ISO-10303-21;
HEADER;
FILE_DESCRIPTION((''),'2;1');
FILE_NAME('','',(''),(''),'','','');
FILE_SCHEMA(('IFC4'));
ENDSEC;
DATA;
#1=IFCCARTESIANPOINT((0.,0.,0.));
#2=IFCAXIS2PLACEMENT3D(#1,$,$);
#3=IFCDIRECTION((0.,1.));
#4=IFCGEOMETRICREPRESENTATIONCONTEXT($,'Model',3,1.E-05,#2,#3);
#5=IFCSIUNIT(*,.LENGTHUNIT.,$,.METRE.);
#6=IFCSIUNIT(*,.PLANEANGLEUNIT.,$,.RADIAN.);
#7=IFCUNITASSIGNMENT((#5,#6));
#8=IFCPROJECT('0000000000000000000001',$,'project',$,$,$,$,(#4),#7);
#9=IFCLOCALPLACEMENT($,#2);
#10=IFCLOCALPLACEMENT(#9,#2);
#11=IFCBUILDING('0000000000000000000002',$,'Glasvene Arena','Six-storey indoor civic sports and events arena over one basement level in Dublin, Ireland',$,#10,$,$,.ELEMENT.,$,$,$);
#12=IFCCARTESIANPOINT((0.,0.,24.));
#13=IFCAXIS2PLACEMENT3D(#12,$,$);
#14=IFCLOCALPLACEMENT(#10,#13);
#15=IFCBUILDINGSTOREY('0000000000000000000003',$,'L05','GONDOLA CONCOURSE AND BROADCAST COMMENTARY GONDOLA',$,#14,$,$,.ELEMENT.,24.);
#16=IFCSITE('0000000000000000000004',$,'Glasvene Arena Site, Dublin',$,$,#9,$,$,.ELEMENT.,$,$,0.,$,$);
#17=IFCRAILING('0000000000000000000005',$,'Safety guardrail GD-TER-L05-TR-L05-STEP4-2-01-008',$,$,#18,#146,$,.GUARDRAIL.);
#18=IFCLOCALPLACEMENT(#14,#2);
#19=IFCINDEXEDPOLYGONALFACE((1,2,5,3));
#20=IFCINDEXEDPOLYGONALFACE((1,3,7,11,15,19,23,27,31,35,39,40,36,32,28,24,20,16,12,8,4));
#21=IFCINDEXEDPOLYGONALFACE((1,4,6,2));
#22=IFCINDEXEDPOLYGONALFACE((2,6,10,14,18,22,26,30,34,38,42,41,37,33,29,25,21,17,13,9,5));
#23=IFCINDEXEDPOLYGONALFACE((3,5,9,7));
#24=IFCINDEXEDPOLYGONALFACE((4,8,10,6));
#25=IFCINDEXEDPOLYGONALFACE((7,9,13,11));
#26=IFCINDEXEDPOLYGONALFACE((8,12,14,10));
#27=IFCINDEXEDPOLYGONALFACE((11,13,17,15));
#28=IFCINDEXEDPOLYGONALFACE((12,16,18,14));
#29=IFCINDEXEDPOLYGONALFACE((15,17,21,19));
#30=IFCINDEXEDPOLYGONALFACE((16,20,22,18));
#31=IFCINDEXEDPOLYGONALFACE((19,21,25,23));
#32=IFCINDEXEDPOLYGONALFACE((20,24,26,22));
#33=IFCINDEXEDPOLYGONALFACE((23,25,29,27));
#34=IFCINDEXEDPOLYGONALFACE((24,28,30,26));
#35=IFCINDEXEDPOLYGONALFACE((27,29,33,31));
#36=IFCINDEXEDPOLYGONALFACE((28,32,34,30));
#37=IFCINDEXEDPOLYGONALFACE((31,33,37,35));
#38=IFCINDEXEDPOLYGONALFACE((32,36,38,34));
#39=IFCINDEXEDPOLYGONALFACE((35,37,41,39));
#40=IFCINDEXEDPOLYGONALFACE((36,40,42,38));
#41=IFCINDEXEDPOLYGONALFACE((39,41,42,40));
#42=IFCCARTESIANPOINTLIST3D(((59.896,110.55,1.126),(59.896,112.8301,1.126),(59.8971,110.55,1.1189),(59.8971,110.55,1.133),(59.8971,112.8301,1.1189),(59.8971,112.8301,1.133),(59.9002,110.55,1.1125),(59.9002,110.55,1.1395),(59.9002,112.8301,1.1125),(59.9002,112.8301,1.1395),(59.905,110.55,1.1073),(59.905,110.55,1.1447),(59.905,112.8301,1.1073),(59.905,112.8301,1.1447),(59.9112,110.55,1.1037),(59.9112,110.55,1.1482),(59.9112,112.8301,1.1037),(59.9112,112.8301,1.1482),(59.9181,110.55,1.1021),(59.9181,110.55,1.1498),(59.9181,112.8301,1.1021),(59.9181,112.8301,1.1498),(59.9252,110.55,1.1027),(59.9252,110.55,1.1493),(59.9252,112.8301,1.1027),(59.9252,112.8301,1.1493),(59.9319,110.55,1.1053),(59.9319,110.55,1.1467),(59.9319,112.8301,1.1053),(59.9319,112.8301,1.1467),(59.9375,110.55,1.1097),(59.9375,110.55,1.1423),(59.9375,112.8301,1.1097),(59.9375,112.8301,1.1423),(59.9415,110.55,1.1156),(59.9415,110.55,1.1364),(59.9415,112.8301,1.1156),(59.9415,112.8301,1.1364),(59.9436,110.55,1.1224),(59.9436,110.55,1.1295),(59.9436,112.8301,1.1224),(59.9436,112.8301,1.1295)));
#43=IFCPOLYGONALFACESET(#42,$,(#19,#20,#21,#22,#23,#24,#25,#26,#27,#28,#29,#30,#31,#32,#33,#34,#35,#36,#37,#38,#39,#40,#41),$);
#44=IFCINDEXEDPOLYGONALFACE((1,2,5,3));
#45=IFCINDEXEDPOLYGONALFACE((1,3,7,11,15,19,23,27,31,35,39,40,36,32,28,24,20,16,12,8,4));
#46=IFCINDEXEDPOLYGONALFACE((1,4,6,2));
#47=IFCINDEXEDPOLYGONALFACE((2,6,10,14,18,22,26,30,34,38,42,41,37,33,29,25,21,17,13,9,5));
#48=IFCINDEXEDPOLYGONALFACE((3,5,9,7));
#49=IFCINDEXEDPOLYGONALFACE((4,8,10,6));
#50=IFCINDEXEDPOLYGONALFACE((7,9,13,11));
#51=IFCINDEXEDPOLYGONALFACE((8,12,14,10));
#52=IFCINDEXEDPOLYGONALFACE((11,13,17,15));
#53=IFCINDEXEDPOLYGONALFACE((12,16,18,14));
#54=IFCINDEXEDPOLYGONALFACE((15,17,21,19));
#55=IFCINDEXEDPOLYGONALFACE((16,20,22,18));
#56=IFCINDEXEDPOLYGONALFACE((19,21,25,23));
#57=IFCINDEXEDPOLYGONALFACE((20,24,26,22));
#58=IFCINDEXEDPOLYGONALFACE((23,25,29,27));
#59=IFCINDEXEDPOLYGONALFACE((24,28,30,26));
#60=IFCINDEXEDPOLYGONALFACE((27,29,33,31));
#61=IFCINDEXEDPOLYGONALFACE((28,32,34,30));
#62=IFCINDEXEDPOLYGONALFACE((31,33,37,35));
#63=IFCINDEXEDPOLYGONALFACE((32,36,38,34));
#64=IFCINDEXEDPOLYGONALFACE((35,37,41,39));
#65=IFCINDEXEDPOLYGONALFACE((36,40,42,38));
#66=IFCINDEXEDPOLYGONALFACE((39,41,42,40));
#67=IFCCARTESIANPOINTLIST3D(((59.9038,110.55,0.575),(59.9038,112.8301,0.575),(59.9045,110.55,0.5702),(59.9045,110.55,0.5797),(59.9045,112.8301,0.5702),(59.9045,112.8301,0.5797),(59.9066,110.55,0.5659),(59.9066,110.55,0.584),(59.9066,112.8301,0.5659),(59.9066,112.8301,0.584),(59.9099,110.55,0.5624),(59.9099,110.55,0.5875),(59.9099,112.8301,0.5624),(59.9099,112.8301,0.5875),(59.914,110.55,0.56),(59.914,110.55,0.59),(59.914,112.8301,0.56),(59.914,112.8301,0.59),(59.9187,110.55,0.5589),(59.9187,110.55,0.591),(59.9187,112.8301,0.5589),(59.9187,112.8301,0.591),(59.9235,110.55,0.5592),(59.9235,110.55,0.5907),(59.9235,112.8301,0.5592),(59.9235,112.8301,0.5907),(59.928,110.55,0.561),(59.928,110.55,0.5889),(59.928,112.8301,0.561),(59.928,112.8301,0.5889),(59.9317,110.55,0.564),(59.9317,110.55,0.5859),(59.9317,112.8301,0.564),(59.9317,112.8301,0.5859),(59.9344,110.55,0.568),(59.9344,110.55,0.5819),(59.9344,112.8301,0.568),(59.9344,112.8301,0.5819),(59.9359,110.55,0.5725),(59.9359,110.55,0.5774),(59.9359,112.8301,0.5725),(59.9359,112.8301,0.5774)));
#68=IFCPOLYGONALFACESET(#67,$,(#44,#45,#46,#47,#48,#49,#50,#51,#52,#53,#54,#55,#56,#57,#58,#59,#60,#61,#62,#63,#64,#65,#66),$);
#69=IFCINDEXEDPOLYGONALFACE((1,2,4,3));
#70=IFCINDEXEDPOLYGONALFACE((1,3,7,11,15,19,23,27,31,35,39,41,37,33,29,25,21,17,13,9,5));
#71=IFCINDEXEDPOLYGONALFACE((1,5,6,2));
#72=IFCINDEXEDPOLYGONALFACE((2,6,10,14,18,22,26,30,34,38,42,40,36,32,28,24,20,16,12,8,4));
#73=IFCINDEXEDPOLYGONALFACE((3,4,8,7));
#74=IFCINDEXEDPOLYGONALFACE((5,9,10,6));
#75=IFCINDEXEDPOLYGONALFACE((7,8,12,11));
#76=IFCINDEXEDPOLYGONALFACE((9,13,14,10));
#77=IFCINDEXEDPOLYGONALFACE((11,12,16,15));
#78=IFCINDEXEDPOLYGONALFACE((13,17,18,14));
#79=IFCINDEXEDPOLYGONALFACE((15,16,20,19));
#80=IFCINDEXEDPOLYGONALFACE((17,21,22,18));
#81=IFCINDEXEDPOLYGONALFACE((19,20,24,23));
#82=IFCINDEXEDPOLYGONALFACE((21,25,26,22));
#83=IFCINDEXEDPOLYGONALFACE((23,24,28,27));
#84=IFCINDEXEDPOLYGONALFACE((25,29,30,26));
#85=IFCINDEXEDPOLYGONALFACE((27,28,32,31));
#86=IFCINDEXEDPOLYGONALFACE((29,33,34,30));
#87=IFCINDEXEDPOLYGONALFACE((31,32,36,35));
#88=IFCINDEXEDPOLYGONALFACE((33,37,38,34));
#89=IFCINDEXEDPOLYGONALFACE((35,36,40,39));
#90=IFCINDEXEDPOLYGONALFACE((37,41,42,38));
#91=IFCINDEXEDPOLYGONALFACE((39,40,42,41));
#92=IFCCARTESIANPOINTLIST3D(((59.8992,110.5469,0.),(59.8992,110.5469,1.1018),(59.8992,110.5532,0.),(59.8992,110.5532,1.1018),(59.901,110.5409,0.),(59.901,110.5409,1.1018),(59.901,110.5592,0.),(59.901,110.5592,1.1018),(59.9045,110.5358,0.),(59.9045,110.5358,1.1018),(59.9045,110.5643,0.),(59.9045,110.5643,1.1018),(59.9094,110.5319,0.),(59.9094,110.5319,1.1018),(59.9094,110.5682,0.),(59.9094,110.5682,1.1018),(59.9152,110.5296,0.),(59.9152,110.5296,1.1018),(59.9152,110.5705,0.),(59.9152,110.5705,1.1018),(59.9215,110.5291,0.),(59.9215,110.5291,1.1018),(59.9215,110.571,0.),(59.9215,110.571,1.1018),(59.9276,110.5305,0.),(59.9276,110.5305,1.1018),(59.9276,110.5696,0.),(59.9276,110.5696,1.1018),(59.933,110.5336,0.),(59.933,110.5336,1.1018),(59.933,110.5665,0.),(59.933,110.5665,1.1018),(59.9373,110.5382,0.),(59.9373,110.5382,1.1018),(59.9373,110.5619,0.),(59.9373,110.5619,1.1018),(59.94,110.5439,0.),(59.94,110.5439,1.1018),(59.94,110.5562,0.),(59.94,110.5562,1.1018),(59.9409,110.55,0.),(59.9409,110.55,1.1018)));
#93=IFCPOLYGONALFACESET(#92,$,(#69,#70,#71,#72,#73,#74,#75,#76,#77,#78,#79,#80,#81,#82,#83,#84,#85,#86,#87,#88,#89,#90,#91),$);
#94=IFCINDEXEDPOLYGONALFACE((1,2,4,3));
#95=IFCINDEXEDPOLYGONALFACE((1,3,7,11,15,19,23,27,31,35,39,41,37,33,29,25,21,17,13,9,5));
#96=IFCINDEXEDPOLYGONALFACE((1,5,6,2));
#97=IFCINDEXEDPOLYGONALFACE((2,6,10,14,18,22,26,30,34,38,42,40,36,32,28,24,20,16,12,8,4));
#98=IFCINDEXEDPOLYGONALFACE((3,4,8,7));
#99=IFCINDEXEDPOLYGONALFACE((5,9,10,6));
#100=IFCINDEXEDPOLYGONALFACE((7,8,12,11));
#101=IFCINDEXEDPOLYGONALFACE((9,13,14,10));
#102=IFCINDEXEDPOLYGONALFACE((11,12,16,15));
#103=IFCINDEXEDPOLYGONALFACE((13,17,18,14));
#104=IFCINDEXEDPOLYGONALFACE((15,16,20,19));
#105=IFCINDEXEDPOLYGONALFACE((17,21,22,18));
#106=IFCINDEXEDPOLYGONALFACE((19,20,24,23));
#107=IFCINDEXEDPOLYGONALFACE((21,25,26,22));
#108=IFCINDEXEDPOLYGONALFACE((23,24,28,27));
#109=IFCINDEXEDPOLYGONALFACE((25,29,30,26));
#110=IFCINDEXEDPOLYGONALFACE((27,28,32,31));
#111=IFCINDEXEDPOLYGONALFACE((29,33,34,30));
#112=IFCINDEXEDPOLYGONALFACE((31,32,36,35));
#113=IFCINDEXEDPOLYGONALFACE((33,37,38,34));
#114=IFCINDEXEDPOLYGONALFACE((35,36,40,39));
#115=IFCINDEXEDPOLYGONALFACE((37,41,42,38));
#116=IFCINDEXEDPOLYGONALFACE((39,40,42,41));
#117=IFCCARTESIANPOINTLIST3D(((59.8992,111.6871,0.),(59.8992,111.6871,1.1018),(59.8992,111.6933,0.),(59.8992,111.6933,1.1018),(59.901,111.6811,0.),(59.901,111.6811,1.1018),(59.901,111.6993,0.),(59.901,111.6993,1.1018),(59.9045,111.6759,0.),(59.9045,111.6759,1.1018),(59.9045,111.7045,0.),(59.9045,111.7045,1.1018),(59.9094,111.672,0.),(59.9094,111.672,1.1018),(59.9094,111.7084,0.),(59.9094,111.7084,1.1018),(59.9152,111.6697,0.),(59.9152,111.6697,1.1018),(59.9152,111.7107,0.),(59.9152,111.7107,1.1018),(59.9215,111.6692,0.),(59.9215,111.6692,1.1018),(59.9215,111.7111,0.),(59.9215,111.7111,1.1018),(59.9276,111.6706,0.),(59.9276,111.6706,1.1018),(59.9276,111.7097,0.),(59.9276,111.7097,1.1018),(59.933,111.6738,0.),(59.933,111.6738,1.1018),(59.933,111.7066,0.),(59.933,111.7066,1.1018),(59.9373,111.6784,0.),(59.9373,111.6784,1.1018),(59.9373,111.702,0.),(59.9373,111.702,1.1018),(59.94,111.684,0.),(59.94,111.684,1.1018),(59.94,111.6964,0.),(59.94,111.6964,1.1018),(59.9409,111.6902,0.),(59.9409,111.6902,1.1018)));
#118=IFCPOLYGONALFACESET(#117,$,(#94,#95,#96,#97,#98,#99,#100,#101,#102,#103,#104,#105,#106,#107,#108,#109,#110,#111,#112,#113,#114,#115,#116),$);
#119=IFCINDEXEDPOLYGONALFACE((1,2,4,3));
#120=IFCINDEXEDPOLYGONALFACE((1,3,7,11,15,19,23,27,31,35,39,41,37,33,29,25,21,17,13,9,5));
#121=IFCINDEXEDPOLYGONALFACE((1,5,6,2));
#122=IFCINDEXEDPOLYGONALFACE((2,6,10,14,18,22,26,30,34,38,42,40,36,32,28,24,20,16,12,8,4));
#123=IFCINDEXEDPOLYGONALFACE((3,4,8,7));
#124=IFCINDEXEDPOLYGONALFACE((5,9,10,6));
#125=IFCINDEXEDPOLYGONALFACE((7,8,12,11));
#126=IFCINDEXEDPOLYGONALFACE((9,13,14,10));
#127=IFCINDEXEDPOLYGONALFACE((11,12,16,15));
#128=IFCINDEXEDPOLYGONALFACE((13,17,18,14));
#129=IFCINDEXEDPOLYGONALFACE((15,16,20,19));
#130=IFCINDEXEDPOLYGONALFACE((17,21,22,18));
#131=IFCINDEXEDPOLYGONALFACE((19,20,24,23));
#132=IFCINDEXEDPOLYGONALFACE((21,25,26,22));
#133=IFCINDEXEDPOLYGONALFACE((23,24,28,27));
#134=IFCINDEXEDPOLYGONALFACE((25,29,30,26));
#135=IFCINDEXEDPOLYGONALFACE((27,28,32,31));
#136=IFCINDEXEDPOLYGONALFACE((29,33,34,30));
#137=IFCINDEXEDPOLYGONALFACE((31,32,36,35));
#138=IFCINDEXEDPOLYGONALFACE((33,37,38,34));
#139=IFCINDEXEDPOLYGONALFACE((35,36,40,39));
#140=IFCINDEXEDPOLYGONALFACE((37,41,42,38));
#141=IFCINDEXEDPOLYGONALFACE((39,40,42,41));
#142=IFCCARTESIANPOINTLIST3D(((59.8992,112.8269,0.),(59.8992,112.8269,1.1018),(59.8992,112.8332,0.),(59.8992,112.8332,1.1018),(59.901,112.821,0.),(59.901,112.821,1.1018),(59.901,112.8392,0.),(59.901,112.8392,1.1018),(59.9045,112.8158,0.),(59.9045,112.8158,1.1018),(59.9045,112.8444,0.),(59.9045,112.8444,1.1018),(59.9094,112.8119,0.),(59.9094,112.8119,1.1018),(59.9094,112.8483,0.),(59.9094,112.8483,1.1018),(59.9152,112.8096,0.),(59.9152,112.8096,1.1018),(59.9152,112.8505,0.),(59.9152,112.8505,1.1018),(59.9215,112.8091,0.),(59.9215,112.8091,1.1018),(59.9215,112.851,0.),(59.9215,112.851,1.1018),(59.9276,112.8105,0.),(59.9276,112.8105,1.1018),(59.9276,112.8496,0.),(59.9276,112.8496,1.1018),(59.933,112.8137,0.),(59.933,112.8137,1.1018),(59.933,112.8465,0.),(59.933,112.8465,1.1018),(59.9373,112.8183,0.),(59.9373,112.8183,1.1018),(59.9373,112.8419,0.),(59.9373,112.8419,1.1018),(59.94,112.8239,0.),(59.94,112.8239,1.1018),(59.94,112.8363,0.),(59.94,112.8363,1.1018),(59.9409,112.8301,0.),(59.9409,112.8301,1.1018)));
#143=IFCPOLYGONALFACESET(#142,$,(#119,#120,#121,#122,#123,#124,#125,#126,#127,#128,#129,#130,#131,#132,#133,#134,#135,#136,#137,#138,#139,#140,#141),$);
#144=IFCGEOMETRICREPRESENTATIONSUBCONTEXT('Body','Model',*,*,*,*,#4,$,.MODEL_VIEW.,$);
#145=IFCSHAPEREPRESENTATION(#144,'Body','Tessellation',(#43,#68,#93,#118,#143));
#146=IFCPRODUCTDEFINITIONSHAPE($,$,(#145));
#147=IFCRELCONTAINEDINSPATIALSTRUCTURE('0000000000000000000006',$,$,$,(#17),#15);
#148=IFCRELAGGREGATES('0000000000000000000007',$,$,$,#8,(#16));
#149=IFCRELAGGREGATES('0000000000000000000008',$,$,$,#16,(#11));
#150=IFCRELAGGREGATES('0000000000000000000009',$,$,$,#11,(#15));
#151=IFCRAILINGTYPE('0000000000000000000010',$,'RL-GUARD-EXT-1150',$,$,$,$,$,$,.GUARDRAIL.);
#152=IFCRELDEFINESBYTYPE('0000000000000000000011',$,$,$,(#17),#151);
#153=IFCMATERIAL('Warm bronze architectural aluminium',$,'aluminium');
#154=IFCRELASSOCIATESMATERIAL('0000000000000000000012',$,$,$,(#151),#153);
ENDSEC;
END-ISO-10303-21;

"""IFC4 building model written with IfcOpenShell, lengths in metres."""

from ifc_helpers import new_model, si_unit, direction, frame, origin, origin_2d, place, context, subcontext, project, spatial, circle, extrude, material, type_object, element, save


model = new_model("IFC4")

# Units and contexts
model_context = context("Model", 3, precision=1e-05, world=origin(), true_north=direction((0.0, 1.0)))
body_context = subcontext(model_context, "Body", "Model", "MODEL_VIEW")
ifc_project = project(units=[si_unit("LENGTHUNIT", "METRE"), si_unit("PLANEANGLEUNIT", "RADIAN")], contexts=[model_context])

# Site, building, storey
site_placement = place(None, origin())
site = spatial("IfcSite", under=ifc_project, at=site_placement, Name="Glasvene Arena Site, Dublin", CompositionType="ELEMENT", RefElevation=0.0)
building_placement = place(site_placement, origin())
building = spatial("IfcBuilding", under=site, at=building_placement, Name="Glasvene Arena", Description="Six-storey indoor civic sports and events arena over one basement level in Dublin, Ireland", CompositionType="ELEMENT")
storey_placement = place(building_placement, frame((0.0, 0.0, 24.0)))
storey = spatial("IfcBuildingStorey", under=building, at=storey_placement, Name="L05", Description="GONDOLA CONCOURSE AND BROADCAST COMMENTARY GONDOLA", CompositionType="ELEMENT", Elevation=24.0)

# Railing
ifc_material_1 = material(Name="Warm bronze architectural aluminium", Category="aluminium")
railing_type = type_object("IfcRailingType", Name="RL-GUARD-EXT-1150", PredefinedType="GUARDRAIL", material=ifc_material_1)
railing_1_placement = place(storey_placement, frame((59.9199, 110.55, 0.0)))
element("IfcRailing", 1, at=railing_1_placement, inside=storey, type_object=railing_type, Name="Safety guardrail GD-TER-L05-TR-L05-STEP4-2-01-008", PredefinedType="GUARDRAIL", context=body_context, shape_type="SweptSolid", body=[
    extrude(circle(Radius=0.0239, at=origin_2d()), frame((0.0, 0.0, 1.126), z_axis=(0.0, 1.0, 0.0), x_axis=(-1.0, 0.0, 0.0)), (0.0, 0.0, 1.0), 2.28),
    extrude(circle(Radius=0.0161, at=origin_2d()), frame((0.0, 0.0, 0.575), z_axis=(0.0, 1.0, 0.0), x_axis=(-1.0, 0.0, 0.0)), (0.0, 0.0, 1.0), 2.28),
    extrude(circle(Radius=0.021, at=origin_2d()), origin(), (0.0, 0.0, 1.0), 1.1018),
    extrude(circle(Radius=0.021, at=origin_2d()), frame((0.0, 1.1401, 0.0)), (0.0, 0.0, 1.0), 1.1018),
    extrude(circle(Radius=0.021, at=origin_2d()), frame((0.0, 2.28, 0.0)), (0.0, 0.0, 1.0), 1.1018),
])

save(model, "model.ifc")
